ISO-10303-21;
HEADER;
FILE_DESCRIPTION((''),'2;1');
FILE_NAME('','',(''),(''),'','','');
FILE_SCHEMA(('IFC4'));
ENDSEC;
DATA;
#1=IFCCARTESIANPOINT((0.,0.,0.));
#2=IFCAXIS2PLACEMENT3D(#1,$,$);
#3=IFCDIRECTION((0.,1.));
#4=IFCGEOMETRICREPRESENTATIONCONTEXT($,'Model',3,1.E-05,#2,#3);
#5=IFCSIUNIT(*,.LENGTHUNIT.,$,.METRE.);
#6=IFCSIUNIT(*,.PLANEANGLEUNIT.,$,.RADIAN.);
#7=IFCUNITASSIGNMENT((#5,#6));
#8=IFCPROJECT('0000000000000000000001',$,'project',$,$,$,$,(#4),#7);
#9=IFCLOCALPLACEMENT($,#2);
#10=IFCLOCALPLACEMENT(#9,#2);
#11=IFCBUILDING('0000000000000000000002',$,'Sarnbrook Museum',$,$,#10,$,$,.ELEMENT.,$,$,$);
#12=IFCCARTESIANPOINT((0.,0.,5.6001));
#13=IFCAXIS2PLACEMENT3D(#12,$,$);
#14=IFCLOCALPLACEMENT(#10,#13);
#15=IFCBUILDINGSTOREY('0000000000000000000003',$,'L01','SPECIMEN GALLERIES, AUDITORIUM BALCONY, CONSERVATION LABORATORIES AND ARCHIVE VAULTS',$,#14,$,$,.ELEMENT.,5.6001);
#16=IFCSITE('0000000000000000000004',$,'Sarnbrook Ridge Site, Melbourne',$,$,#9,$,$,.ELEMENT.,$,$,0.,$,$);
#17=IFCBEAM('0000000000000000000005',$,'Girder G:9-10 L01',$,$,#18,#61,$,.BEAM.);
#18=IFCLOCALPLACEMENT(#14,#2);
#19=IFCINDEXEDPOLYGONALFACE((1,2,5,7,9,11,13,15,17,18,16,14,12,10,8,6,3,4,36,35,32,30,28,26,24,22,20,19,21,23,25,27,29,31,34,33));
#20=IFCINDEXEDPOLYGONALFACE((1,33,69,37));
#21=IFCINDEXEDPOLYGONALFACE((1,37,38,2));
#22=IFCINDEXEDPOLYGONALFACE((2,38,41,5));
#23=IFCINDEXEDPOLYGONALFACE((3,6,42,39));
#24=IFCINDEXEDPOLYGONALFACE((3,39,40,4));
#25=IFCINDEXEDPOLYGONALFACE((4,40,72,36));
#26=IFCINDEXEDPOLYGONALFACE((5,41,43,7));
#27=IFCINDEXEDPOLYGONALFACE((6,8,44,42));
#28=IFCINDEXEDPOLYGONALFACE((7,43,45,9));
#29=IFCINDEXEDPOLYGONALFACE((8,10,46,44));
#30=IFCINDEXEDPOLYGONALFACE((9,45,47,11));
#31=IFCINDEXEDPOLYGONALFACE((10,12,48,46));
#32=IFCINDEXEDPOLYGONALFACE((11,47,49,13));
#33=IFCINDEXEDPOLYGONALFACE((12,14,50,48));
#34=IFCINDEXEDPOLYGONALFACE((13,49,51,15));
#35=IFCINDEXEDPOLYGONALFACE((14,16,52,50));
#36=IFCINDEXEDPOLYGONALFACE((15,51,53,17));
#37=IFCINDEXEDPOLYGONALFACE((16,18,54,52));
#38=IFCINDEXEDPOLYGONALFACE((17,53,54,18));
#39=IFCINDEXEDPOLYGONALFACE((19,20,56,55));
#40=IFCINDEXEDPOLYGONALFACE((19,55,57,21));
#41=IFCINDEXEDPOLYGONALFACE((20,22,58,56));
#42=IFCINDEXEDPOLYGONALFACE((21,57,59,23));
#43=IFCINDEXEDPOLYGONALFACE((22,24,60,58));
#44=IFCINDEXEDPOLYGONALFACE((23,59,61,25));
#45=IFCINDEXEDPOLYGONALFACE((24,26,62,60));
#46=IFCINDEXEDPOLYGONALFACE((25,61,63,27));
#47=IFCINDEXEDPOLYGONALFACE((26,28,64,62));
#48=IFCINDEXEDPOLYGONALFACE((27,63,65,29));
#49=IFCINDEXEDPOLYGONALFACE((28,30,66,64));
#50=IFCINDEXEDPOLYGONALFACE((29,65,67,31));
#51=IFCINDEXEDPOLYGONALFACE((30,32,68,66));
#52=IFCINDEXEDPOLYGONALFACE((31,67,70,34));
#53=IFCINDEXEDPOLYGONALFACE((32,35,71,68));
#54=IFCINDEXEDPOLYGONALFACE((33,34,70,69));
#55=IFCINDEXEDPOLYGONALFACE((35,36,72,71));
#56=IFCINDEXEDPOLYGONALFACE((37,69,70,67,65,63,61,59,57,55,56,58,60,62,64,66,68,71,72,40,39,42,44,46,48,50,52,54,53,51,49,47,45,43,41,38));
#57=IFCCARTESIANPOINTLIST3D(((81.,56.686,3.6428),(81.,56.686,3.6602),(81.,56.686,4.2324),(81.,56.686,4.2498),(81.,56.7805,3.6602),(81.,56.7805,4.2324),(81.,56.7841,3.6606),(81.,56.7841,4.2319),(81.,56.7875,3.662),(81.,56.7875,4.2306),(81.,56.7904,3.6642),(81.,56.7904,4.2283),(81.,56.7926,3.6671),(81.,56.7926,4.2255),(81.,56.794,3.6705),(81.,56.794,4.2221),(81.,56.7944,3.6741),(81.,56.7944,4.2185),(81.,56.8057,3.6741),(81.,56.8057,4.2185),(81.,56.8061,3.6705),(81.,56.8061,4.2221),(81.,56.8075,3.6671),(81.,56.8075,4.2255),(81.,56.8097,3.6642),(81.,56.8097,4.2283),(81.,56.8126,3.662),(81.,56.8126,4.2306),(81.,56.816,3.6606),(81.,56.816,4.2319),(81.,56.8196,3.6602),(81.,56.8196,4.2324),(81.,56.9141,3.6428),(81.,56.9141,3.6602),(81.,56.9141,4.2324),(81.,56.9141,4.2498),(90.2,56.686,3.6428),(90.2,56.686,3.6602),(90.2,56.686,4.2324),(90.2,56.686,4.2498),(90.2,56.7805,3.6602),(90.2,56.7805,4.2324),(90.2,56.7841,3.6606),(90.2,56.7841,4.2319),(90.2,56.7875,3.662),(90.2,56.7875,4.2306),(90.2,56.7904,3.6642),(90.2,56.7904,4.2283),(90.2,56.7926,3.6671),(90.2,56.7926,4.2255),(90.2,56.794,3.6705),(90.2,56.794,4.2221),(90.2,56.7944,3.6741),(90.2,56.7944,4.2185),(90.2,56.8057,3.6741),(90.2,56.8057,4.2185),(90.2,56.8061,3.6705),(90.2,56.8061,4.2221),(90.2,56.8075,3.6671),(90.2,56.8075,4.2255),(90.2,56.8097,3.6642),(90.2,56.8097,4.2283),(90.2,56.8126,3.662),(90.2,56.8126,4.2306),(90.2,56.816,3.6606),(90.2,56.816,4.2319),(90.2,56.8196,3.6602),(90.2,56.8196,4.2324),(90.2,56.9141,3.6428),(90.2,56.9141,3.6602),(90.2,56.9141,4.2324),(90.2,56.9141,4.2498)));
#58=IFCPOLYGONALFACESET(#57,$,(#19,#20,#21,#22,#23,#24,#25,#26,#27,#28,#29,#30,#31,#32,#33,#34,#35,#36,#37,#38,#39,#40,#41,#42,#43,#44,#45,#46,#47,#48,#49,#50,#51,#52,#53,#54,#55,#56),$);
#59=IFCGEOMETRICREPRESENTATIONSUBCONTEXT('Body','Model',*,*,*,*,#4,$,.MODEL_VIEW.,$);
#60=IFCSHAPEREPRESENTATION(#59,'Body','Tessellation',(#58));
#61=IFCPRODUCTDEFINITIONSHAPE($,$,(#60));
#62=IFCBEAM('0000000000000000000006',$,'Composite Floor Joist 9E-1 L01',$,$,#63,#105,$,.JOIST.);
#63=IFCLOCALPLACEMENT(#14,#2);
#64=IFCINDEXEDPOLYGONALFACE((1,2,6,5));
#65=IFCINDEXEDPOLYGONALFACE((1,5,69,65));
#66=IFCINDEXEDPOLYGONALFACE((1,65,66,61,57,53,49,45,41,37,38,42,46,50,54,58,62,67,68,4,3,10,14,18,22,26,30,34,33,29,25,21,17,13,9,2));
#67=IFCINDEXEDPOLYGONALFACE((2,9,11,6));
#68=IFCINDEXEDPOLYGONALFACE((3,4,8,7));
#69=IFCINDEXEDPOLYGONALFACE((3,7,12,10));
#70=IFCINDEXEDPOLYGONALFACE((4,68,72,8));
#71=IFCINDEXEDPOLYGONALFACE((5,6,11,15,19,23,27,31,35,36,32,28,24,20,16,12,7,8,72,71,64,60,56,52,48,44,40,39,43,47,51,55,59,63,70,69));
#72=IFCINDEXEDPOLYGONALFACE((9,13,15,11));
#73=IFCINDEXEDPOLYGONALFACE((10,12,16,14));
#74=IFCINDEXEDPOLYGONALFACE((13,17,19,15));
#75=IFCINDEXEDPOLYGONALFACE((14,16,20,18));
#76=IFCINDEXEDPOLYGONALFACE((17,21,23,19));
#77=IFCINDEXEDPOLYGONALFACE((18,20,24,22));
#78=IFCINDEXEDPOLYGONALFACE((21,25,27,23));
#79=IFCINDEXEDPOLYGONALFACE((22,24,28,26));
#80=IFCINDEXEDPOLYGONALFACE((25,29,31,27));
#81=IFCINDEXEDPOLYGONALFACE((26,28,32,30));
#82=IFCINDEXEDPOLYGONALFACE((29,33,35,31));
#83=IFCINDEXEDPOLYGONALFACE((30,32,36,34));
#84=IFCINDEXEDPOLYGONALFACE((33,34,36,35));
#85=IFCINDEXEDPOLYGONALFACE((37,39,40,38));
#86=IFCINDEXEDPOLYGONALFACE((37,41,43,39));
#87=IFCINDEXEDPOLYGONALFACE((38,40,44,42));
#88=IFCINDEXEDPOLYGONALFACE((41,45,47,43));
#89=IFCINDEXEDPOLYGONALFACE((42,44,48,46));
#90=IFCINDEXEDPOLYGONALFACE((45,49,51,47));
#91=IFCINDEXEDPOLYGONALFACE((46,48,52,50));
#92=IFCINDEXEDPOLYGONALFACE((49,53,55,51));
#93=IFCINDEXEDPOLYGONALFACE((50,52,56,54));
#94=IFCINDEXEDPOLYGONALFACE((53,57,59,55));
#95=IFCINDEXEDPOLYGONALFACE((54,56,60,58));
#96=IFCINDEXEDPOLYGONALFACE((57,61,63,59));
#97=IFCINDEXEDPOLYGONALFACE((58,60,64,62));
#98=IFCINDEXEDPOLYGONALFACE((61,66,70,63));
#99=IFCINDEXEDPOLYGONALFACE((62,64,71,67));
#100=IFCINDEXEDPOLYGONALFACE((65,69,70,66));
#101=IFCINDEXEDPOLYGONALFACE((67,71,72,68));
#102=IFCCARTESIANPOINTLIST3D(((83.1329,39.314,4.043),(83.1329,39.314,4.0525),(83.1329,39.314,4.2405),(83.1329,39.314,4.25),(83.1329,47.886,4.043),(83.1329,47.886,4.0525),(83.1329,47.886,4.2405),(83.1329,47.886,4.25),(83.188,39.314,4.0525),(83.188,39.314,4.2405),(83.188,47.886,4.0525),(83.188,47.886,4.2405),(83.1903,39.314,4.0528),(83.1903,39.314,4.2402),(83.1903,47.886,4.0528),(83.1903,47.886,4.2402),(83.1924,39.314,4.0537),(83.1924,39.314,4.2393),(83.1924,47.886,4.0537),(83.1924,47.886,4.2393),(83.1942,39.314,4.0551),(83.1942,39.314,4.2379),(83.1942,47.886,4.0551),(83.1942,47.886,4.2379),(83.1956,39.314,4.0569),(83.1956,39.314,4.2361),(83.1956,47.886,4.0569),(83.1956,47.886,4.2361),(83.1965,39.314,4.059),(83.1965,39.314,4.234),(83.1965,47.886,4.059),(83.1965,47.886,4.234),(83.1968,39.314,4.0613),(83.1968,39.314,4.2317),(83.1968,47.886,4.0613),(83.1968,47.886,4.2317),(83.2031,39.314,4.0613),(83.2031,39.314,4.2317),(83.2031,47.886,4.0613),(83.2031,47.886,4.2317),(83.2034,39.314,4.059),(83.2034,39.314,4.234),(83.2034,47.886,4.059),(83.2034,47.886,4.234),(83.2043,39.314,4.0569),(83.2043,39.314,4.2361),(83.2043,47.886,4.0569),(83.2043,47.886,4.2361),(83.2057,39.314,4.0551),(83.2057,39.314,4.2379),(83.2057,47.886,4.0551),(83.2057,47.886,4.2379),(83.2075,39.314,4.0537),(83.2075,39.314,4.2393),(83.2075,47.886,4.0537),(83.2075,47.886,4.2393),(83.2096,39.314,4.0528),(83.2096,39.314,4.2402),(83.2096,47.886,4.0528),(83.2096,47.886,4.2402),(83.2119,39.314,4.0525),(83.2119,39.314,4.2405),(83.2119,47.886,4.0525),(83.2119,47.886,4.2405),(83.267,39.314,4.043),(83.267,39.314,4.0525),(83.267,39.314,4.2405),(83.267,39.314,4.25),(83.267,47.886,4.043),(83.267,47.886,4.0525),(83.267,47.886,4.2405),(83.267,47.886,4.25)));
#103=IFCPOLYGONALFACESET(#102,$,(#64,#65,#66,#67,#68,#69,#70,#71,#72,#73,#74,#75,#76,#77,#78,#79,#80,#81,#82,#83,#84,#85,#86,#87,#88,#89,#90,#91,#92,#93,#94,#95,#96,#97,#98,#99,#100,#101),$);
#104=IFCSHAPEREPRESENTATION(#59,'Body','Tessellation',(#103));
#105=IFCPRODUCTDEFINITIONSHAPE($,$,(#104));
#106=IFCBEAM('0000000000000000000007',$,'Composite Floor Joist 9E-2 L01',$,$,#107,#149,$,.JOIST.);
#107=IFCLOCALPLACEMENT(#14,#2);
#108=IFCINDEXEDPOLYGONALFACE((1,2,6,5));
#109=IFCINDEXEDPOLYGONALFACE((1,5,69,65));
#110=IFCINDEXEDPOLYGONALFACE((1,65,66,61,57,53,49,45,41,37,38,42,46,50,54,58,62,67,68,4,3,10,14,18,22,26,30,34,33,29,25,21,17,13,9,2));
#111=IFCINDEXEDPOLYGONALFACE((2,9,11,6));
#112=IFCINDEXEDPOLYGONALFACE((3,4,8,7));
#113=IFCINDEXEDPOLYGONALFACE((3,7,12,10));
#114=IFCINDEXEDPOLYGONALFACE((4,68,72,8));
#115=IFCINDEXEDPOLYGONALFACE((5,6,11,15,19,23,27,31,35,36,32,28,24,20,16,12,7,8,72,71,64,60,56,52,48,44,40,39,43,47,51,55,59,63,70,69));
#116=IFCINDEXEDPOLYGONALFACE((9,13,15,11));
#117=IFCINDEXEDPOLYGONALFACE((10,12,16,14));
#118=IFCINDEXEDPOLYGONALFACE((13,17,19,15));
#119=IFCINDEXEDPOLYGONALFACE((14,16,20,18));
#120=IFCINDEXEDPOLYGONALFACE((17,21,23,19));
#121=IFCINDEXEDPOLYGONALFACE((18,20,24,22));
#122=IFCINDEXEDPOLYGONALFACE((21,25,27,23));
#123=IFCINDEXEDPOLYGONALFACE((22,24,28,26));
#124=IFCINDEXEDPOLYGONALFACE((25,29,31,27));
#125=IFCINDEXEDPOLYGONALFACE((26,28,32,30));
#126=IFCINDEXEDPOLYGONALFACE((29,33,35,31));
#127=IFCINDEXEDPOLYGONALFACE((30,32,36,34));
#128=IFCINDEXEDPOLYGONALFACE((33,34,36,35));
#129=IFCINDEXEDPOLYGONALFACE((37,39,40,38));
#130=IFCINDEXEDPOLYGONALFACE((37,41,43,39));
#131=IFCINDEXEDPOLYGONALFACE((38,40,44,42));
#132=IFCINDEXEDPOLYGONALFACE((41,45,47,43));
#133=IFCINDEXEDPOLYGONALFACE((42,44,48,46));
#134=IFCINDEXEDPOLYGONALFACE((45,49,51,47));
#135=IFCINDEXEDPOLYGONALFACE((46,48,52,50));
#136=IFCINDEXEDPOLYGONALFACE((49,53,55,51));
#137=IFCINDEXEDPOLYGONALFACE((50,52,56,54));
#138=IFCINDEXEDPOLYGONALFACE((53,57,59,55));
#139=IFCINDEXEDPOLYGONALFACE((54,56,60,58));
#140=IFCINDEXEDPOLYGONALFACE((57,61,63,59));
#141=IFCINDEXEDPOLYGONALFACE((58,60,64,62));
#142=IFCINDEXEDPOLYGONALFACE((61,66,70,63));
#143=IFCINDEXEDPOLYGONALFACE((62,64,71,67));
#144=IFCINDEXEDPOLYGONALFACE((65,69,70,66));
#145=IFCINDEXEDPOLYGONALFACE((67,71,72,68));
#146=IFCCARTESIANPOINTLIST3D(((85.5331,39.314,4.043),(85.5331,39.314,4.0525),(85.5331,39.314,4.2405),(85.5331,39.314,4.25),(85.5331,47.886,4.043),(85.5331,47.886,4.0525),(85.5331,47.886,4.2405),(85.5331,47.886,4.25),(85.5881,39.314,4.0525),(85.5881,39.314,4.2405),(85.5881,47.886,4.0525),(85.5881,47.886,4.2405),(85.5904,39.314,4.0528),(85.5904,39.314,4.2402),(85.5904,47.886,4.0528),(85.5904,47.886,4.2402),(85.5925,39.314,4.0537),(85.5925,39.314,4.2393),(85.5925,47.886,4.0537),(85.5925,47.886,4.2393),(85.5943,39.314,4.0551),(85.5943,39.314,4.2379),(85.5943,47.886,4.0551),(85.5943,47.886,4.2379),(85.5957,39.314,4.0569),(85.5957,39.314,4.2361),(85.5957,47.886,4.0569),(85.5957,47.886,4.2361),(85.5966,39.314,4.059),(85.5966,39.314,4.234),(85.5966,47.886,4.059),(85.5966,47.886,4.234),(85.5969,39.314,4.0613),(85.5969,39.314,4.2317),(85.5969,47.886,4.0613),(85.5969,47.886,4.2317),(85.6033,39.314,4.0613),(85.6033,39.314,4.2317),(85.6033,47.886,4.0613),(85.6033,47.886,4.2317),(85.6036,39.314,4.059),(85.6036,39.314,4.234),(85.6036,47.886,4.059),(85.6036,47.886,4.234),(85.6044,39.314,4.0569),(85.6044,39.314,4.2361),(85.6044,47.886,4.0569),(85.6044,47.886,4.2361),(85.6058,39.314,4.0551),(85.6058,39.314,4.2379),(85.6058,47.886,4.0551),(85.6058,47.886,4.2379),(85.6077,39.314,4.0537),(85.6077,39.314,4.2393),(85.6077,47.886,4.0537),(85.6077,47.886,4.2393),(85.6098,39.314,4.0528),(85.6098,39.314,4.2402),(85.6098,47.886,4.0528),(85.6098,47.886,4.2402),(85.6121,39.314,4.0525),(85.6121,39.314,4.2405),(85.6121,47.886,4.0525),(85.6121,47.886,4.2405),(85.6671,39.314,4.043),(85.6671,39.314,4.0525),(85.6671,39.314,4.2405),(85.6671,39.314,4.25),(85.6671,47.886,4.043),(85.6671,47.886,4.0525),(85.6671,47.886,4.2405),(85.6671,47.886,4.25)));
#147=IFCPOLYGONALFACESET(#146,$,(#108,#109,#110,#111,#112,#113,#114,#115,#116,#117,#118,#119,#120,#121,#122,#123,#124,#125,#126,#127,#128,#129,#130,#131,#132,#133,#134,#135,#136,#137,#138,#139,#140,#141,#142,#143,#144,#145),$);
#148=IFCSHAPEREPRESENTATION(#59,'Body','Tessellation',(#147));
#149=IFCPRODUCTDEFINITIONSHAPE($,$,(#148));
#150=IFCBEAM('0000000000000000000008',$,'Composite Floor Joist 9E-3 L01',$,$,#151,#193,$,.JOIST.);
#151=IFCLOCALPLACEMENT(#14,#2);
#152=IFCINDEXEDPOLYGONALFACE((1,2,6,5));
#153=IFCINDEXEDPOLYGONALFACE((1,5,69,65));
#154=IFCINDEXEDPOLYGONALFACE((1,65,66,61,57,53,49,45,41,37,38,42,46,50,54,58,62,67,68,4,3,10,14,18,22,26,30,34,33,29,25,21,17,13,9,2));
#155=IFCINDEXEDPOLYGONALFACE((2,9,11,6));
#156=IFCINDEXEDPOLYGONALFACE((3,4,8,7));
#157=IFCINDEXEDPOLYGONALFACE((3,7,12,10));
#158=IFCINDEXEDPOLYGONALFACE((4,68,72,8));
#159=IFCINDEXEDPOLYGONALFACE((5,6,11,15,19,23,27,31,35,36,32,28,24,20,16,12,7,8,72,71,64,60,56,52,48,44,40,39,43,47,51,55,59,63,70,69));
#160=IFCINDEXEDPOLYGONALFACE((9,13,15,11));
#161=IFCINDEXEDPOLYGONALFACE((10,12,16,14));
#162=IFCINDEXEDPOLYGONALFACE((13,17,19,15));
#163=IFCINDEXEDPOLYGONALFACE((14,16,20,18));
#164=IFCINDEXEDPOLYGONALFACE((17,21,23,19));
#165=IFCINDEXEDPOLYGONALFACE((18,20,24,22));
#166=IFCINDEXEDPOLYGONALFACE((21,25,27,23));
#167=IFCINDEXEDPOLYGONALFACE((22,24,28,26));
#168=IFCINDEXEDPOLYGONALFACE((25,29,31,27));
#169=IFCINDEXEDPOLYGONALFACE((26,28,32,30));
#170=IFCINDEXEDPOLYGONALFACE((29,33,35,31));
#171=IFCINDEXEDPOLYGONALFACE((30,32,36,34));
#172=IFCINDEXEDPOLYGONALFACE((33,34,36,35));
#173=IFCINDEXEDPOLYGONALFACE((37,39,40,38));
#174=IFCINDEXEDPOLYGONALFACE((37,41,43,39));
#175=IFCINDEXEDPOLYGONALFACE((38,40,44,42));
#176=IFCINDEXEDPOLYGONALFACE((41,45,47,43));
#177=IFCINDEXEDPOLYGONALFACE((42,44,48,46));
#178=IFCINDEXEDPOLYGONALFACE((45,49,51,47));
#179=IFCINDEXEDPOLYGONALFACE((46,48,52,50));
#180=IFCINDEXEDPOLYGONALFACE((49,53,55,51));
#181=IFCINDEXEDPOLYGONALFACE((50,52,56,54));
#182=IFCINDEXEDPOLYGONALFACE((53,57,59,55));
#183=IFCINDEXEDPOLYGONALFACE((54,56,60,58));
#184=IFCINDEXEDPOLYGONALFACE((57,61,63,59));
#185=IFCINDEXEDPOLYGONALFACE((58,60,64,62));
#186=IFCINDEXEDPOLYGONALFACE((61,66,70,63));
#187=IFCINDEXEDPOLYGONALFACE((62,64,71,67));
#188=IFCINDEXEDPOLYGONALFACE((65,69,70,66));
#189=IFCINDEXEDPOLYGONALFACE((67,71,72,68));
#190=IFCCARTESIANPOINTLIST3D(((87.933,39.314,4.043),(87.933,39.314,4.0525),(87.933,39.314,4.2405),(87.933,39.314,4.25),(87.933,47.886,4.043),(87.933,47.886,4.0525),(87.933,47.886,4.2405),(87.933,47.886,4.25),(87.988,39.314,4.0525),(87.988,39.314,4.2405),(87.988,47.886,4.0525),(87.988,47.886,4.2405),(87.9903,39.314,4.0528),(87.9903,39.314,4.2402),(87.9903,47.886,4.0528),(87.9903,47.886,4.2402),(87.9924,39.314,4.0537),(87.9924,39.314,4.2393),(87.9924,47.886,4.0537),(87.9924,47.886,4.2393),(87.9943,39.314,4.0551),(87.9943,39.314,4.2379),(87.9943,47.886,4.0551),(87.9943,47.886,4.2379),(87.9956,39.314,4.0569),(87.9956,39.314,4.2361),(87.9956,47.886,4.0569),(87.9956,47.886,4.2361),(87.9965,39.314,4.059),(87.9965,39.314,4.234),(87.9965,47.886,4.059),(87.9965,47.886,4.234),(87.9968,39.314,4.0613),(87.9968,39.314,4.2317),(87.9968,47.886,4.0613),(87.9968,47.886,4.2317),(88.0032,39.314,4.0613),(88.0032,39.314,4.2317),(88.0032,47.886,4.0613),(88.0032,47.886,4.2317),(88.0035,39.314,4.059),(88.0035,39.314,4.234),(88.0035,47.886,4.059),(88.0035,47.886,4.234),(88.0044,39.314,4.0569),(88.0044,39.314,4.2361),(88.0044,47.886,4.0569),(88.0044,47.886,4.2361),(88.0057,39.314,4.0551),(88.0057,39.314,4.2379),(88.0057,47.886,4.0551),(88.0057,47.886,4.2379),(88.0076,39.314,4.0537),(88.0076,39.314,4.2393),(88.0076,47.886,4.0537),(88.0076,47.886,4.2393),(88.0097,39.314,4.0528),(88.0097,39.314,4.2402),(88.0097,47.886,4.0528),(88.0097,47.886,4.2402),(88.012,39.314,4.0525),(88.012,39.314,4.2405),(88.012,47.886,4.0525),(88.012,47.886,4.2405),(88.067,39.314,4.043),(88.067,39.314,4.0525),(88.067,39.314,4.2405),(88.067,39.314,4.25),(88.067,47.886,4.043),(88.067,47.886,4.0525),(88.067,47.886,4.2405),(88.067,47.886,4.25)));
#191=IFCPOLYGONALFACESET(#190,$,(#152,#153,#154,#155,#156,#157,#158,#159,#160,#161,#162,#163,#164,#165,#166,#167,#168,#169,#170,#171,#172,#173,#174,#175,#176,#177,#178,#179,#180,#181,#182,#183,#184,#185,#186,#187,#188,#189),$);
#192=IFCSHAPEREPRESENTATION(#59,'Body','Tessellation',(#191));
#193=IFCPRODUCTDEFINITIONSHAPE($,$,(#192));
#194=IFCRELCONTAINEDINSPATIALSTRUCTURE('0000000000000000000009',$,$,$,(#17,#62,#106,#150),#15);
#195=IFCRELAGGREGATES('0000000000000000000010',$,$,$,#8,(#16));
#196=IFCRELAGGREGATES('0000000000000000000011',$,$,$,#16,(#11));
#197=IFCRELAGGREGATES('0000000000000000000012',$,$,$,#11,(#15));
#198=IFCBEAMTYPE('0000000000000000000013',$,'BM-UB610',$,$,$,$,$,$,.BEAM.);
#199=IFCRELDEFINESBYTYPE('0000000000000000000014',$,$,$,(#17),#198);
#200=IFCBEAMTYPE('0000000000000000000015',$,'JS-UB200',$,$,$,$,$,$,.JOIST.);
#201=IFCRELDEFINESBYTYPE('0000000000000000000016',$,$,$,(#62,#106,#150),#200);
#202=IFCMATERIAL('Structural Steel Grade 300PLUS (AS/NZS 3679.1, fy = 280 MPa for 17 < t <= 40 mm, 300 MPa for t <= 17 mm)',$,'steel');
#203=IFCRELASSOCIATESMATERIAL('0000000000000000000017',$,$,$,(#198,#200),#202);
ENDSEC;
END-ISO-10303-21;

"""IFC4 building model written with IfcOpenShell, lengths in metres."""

from ifc_helpers import new_model, si_unit, direction, frame, origin, origin_2d, place, context, subcontext, project, spatial, i_section, extrude, material, material_profile, profile_set, type_object, element, save


model = new_model("IFC4")

# Units and contexts
model_context = context("Model", 3, precision=1e-05, world=origin(), true_north=direction((0.0, 1.0)))
body_context = subcontext(model_context, "Body", "Model", "MODEL_VIEW")
ifc_project = project(units=[si_unit("LENGTHUNIT", "METRE"), si_unit("PLANEANGLEUNIT", "RADIAN")], contexts=[model_context])

# Site, building, storey
site_placement = place(None, origin())
site = spatial("IfcSite", under=ifc_project, at=site_placement, Name="Sarnbrook Ridge Site, Melbourne", CompositionType="ELEMENT", RefElevation=0.0)
building_placement = place(site_placement, origin())
building = spatial("IfcBuilding", under=site, at=building_placement, Name="Sarnbrook Museum", CompositionType="ELEMENT")
storey_placement = place(building_placement, frame((0.0, 0.0, 5.6001)))
storey = spatial("IfcBuildingStorey", under=building, at=storey_placement, Name="L01", Description="SPECIMEN GALLERIES, AUDITORIUM BALCONY, CONSERVATION LABORATORIES AND ARCHIVE VAULTS", CompositionType="ELEMENT", Elevation=5.6001)

# Shared definitions
ifc_material_1 = material(Name="Structural Steel Grade 300PLUS (AS/NZS 3679.1, fy = 280 MPa for 17 < t <= 40 mm, 300 MPa for t <= 17 mm)", Category="steel")

# Beams
ifc_material_profile_1 = material_profile(ifc_material_1, i_section(OverallWidth=0.228, OverallDepth=0.6069, WebThickness=0.0112, FlangeThickness=0.0173, FilletRadius=0.0139, at=origin_2d()), Name="610UB113")
ifc_profile_set_1 = profile_set([ifc_material_profile_1], Name="Structural Steel Grade 300PLUS (AS/NZS 3679.1, fy = 280 MPa for 17 < t <= 40 mm, 300 MPa for t <= 17 mm)")
beam_type_1 = type_object("IfcBeamType", Name="BM-UB610", PredefinedType="BEAM", material=ifc_profile_set_1)
beam_1_placement = place(storey_placement, frame((81.0, 56.8, 3.9463), z_axis=(1.0, 0.0, 0.0), x_axis=(0.0, 1.0, 0.0)))
element("IfcBeam", 1, at=beam_1_placement, inside=storey, type_object=beam_type_1, Name="Girder G:9-10 L01", PredefinedType="BEAM", context=body_context, shape_type="SweptSolid", body=[
    extrude(i_section(OverallWidth=0.228, OverallDepth=0.6069, WebThickness=0.0112, FlangeThickness=0.0173, FilletRadius=0.0139, at=origin_2d()), origin(), (0.0, 0.0, 1.0), 9.2),
])
ifc_material_profile_2 = material_profile(ifc_material_1, i_section(OverallWidth=0.134, OverallDepth=0.207, WebThickness=0.0063, FlangeThickness=0.0095, FilletRadius=0.0088, at=origin_2d()), Name="200UB29.8")
ifc_profile_set_2 = profile_set([ifc_material_profile_2], Name="Structural Steel Grade 300PLUS (AS/NZS 3679.1, fy = 280 MPa for 17 < t <= 40 mm, 300 MPa for t <= 17 mm)")
beam_type_2 = type_object("IfcBeamType", Name="JS-UB200", PredefinedType="JOIST", material=ifc_profile_set_2)
for number, where, z_axis, x_axis, name in (
    (2, (83.2, 39.314, 4.1465), (0.0, 1.0, 0.0), (-1.0, 0.0, 0.0), "Composite Floor Joist 9E-1 L01"),
    (3, (85.6001, 39.314, 4.1465), (0.0, 1.0, 0.0), (-1.0, 0.0, 0.0), "Composite Floor Joist 9E-2 L01"),
    (4, (88.0, 39.314, 4.1465), (0.0, 1.0, 0.0), (-1.0, 0.0, 0.0), "Composite Floor Joist 9E-3 L01"),
):
    element("IfcBeam", number, at=place(storey_placement, frame(where, z_axis=z_axis, x_axis=x_axis)), inside=storey, type_object=beam_type_2, Name=name, PredefinedType="JOIST", context=body_context, shape_type="SweptSolid", body=[
        extrude(i_section(OverallWidth=0.134, OverallDepth=0.207, WebThickness=0.0063, FlangeThickness=0.0095, FilletRadius=0.0088, at=origin_2d()), origin(), (0.0, 0.0, 1.0), 8.572),
    ])

save(model, "model.ifc")
